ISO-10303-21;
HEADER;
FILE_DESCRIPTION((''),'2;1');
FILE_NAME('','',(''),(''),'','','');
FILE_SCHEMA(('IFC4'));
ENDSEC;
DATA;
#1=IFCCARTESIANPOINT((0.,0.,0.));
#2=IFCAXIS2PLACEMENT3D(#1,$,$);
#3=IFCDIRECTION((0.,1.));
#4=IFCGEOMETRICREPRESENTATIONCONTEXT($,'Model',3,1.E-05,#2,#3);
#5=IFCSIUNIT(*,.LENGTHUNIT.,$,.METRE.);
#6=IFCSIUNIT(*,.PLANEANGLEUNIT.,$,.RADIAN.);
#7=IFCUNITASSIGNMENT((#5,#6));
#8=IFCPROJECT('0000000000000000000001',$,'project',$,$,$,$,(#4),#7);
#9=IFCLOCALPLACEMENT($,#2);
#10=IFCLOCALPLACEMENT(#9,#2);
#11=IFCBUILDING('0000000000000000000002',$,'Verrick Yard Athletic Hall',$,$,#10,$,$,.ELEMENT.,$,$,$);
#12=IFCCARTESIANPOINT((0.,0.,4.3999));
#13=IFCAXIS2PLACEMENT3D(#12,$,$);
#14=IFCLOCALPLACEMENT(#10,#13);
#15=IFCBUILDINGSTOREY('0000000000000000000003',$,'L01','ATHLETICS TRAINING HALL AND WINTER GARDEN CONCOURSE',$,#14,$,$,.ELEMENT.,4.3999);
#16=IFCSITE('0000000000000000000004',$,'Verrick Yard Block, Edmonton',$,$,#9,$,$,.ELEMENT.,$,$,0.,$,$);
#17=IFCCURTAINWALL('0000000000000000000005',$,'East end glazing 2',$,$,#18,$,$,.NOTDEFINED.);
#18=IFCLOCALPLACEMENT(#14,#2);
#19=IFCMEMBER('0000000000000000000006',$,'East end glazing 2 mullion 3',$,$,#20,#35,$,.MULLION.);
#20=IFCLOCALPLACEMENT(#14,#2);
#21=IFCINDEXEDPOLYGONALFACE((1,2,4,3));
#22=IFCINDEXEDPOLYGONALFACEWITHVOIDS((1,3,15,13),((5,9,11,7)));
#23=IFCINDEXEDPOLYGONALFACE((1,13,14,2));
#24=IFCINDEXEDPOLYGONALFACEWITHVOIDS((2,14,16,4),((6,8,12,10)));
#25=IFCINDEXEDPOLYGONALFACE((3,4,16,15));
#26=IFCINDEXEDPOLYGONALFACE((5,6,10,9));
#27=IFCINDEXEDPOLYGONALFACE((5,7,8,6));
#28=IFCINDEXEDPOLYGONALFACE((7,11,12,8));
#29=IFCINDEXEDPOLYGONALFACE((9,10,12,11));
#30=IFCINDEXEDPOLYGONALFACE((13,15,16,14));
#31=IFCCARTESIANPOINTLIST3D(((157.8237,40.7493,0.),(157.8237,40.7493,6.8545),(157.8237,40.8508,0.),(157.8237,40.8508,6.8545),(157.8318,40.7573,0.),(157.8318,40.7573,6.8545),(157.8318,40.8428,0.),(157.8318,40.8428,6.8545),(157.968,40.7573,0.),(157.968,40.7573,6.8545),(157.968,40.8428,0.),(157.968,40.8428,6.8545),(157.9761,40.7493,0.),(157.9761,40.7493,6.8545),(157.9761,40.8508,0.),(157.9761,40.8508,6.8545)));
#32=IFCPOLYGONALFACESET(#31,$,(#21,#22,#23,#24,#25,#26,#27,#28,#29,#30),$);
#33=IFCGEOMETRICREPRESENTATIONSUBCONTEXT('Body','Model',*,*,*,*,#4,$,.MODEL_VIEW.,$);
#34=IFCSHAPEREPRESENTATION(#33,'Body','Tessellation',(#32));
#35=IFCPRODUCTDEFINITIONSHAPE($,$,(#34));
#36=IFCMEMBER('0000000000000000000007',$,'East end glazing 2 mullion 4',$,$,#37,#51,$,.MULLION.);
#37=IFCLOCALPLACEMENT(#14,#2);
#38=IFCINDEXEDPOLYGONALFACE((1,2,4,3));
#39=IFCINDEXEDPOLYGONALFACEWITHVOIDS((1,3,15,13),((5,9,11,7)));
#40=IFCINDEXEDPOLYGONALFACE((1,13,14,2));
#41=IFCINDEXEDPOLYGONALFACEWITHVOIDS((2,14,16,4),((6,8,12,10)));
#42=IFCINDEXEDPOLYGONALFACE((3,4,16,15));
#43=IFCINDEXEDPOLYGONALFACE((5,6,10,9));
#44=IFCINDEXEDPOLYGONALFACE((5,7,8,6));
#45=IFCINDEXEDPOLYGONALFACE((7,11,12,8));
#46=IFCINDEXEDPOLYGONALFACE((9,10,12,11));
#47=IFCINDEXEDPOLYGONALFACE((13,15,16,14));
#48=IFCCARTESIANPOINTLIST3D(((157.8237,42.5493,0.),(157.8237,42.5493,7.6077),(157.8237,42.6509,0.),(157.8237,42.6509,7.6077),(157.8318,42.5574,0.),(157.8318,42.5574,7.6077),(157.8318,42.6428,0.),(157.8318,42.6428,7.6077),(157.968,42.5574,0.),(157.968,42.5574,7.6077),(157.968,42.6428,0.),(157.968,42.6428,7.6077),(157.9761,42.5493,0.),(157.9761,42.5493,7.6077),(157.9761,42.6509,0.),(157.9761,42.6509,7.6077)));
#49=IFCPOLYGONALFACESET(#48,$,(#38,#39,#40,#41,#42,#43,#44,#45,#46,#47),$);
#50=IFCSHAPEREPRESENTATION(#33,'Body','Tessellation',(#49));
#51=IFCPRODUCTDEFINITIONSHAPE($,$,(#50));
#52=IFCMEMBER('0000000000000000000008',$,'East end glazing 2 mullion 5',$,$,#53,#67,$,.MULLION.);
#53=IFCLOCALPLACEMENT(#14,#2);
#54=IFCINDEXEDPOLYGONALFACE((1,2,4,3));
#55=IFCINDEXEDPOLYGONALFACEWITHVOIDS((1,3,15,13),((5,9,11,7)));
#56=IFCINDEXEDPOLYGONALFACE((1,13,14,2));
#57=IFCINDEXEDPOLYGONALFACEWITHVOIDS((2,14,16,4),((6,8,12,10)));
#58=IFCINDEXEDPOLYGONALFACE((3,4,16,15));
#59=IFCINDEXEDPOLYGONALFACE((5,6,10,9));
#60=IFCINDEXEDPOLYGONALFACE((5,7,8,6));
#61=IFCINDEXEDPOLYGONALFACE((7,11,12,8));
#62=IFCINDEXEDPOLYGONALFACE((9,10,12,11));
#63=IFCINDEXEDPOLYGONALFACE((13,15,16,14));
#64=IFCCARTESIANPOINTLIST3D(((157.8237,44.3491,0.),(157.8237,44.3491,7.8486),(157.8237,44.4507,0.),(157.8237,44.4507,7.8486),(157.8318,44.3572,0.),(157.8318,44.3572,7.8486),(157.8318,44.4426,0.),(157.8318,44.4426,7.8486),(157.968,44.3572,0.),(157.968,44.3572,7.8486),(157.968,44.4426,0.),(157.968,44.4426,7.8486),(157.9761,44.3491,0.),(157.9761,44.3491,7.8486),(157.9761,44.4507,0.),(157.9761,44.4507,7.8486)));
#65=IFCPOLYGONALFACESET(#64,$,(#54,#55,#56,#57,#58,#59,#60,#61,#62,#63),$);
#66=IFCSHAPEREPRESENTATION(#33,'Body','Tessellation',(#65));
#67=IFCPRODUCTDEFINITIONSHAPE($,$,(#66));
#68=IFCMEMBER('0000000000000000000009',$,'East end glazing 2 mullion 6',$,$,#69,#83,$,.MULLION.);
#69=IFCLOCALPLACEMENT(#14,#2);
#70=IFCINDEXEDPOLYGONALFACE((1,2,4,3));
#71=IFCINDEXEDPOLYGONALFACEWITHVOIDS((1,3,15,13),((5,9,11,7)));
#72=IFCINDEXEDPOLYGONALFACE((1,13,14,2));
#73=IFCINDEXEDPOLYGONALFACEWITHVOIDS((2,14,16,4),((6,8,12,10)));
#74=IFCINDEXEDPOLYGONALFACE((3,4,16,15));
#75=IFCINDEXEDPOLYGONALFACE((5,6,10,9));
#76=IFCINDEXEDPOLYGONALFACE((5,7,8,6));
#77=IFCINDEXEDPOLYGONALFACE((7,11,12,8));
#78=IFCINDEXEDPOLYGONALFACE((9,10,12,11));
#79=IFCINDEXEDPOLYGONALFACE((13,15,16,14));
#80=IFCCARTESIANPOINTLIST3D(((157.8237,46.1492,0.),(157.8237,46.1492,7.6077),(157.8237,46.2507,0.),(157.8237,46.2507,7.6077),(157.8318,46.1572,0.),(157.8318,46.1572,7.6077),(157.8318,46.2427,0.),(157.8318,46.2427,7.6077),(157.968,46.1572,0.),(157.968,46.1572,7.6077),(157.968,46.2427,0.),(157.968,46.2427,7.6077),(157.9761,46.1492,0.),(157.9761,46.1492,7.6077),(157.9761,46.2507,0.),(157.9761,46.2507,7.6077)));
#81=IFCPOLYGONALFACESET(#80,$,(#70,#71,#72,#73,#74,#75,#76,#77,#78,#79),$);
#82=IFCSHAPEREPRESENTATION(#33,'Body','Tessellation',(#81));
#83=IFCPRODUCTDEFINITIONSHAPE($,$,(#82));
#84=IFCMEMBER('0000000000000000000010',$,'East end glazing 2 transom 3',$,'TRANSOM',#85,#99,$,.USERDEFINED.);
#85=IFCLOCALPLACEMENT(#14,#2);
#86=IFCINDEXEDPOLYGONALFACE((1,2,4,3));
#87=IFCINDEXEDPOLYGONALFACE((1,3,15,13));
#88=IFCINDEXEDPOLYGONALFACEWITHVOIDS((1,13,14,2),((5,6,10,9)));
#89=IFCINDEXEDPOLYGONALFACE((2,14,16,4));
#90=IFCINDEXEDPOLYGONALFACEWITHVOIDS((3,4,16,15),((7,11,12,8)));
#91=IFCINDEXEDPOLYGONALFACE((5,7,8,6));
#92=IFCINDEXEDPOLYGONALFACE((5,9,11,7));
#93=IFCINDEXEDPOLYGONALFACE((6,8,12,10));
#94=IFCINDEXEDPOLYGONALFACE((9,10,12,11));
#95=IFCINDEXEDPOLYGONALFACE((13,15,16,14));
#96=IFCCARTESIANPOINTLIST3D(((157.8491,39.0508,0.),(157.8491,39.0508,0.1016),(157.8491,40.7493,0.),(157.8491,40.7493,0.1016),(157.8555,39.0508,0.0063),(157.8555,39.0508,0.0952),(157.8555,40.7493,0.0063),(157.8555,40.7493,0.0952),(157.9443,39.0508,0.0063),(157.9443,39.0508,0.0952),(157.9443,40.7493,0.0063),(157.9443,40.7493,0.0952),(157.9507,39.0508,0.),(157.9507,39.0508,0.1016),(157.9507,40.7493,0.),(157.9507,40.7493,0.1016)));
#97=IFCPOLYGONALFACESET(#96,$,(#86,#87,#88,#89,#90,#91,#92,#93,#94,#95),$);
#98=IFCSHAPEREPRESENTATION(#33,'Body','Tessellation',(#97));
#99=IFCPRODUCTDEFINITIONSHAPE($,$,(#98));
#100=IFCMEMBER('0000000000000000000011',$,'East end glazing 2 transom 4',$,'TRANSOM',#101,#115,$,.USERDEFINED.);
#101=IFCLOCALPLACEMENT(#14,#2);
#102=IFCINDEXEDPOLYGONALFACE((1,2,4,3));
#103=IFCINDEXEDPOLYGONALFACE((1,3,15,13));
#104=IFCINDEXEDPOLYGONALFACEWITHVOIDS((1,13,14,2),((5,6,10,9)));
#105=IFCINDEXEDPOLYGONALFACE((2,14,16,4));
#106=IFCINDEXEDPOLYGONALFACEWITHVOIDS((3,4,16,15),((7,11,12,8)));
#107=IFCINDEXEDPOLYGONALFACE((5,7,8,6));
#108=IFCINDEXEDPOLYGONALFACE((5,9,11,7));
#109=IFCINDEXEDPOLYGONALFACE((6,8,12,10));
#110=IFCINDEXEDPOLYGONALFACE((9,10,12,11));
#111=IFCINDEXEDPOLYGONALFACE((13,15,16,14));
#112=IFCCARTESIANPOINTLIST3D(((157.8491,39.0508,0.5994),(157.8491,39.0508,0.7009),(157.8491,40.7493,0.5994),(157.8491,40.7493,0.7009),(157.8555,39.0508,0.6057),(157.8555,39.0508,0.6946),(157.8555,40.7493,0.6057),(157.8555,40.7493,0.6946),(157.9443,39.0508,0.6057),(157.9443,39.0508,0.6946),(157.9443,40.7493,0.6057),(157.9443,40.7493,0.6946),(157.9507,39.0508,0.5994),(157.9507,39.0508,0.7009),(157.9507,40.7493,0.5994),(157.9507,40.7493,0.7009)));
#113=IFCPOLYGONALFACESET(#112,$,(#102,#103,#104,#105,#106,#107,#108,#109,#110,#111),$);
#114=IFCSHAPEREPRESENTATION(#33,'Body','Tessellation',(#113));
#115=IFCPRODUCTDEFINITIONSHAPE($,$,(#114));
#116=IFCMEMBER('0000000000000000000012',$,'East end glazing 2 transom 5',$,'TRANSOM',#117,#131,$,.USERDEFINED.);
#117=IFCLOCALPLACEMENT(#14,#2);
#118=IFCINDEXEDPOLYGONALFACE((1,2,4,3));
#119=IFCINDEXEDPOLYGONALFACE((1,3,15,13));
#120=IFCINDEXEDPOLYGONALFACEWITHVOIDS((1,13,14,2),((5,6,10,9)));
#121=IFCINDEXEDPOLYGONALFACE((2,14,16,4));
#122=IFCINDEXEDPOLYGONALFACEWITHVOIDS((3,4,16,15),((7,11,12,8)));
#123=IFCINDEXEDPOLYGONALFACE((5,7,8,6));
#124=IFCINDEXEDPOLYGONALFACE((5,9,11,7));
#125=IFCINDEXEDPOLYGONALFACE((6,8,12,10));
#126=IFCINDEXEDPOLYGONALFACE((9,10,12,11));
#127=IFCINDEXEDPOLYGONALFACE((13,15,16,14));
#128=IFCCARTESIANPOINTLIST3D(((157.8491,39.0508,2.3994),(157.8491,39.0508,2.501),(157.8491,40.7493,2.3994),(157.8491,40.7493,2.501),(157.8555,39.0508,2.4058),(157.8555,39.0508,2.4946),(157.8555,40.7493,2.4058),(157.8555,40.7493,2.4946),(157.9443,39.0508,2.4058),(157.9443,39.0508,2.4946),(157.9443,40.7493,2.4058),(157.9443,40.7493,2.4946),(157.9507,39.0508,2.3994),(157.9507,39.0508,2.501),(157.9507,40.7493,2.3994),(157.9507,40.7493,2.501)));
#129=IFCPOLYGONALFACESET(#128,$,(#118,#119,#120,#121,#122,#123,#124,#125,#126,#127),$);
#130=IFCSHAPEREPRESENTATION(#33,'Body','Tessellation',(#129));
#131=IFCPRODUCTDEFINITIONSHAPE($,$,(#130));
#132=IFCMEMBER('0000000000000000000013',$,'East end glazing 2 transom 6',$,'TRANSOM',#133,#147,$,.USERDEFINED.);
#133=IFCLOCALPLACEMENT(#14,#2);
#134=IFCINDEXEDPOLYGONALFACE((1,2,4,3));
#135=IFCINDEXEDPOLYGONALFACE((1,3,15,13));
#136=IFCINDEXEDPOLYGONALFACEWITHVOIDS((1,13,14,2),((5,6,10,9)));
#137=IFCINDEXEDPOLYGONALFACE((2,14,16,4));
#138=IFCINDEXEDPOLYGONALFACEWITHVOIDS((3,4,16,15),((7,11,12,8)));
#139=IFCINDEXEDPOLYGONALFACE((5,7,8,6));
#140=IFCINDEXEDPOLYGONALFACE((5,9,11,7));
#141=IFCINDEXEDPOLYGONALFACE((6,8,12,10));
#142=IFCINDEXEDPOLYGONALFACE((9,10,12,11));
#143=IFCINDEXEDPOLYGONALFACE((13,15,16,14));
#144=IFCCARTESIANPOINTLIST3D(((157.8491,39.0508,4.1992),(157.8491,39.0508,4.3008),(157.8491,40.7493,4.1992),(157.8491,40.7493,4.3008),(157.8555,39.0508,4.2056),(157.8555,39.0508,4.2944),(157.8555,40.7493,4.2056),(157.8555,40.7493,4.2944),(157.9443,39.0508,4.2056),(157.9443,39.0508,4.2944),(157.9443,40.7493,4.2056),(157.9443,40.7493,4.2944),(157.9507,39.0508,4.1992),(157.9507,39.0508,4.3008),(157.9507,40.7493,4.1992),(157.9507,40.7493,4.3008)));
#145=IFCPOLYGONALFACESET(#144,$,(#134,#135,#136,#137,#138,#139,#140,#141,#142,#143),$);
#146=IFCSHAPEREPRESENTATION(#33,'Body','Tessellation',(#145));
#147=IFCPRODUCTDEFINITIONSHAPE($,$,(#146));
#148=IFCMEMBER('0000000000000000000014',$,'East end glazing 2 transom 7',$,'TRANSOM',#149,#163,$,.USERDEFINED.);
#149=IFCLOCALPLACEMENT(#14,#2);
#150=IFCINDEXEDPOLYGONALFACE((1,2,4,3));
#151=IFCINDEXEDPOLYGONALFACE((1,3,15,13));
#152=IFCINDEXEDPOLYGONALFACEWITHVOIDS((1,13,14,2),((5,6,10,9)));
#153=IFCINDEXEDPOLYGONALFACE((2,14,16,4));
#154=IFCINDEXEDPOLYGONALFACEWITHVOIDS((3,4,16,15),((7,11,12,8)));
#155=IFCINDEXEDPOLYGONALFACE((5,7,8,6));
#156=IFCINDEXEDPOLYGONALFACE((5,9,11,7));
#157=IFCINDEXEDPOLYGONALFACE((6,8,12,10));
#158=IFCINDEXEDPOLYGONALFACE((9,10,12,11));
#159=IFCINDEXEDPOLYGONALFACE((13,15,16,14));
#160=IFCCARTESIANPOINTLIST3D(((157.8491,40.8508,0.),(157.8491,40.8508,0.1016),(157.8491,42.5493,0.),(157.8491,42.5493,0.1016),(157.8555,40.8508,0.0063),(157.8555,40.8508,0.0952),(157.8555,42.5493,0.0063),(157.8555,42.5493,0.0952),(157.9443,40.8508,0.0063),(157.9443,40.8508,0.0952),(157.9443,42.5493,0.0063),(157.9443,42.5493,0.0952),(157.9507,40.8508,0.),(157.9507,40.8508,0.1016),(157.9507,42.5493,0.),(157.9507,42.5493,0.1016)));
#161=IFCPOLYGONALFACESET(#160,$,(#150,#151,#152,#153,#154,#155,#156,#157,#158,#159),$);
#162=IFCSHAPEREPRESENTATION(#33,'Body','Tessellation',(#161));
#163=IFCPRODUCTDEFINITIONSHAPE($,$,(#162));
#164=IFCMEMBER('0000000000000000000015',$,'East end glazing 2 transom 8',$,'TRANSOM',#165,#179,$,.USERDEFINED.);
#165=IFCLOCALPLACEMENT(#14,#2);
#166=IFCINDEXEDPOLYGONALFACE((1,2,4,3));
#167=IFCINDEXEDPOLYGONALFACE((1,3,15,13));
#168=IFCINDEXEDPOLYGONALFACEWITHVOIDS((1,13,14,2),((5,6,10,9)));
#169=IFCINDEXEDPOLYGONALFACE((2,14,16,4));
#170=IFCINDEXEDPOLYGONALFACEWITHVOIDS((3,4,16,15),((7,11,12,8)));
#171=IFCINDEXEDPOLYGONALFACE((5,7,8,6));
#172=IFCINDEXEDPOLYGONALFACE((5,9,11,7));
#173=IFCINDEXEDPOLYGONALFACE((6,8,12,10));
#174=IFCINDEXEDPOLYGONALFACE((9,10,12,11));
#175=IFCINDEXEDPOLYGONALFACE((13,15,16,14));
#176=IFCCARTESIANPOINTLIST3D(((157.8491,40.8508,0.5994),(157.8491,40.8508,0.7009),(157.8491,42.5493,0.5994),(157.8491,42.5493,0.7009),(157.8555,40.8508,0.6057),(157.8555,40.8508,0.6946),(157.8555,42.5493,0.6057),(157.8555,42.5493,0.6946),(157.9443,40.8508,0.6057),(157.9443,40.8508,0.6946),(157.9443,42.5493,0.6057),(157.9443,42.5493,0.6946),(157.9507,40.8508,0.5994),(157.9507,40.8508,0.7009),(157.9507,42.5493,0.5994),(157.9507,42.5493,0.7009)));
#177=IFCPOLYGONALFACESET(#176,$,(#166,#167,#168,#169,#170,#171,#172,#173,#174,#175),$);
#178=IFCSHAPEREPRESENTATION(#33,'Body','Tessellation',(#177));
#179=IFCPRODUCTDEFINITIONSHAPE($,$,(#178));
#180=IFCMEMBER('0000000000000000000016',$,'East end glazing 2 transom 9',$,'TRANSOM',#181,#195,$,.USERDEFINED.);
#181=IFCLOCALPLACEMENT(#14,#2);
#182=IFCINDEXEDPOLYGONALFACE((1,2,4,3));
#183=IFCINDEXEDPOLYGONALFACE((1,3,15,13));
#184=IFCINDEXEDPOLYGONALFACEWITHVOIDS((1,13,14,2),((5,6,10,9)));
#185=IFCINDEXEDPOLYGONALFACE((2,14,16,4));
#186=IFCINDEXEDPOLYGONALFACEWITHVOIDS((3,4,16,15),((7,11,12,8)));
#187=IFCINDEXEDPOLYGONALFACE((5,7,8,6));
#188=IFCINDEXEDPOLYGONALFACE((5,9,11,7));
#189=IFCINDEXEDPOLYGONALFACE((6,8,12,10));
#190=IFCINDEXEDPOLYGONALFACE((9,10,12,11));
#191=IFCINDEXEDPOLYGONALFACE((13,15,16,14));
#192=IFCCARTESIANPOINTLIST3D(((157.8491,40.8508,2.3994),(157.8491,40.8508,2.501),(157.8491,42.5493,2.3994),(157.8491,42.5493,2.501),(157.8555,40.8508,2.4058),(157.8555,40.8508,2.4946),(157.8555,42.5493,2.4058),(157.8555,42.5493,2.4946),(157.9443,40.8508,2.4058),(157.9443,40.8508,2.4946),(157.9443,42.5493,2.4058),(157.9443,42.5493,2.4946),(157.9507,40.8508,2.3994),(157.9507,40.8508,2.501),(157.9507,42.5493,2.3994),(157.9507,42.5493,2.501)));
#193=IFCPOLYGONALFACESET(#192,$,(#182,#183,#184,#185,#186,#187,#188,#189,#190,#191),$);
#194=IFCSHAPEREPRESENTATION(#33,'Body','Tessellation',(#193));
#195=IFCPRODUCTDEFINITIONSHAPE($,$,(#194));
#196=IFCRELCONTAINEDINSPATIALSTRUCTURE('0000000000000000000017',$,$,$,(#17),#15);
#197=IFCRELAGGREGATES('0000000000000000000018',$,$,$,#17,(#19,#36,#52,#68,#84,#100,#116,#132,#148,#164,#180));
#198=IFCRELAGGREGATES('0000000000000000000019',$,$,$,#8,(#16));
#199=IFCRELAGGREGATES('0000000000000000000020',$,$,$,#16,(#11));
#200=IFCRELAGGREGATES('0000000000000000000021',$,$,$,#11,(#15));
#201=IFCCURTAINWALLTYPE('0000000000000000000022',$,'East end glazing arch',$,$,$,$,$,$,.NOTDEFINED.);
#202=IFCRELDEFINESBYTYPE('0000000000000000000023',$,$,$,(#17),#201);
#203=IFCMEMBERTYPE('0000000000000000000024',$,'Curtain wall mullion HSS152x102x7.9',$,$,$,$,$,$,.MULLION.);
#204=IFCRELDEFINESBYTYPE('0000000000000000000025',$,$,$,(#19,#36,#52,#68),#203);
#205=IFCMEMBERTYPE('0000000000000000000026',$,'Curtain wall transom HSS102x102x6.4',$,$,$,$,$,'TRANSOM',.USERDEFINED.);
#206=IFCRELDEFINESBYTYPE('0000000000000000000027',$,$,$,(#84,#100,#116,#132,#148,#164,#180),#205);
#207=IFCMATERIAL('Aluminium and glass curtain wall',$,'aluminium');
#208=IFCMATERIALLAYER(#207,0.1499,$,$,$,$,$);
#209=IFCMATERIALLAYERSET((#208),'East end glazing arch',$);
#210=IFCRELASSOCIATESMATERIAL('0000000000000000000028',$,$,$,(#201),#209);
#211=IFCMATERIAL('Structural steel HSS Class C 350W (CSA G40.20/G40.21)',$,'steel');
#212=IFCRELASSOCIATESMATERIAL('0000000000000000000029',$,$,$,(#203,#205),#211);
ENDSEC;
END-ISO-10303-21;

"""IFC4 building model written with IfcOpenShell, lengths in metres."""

from ifc_helpers import new_model, si_unit, direction, frame, origin, origin_2d, place, context, subcontext, project, spatial, hollow_rectangle, extrude, material, layer, layer_set, material_profile, profile_set, type_object, element, aggregate, save


model = new_model("IFC4")

# Units and contexts
model_context = context("Model", 3, precision=1e-05, world=origin(), true_north=direction((0.0, 1.0)))
body_context = subcontext(model_context, "Body", "Model", "MODEL_VIEW")
ifc_project = project(units=[si_unit("LENGTHUNIT", "METRE"), si_unit("PLANEANGLEUNIT", "RADIAN")], contexts=[model_context])

# Site, building, storey
site_placement = place(None, origin())
site = spatial("IfcSite", under=ifc_project, at=site_placement, Name="Verrick Yard Block, Edmonton", CompositionType="ELEMENT", RefElevation=0.0)
building_placement = place(site_placement, origin())
building = spatial("IfcBuilding", under=site, at=building_placement, Name="Verrick Yard Athletic Hall", CompositionType="ELEMENT")
storey_placement = place(building_placement, frame((0.0, 0.0, 4.3999)))
storey = spatial("IfcBuildingStorey", under=building, at=storey_placement, Name="L01", Description="ATHLETICS TRAINING HALL AND WINTER GARDEN CONCOURSE", CompositionType="ELEMENT", Elevation=4.3999)

# Curtain wall, members
ifc_material_1 = material(Name="Aluminium and glass curtain wall", Category="aluminium")
ifc_layer_1 = layer(ifc_material_1, 0.1499)
ifc_layer_set_1 = layer_set([ifc_layer_1], Name="East end glazing arch")
curtain_wall_type = type_object("IfcCurtainWallType", Name="East end glazing arch", PredefinedType="NOTDEFINED", material=ifc_layer_set_1)
curtain_wall_placement = place(storey_placement, origin())
curtain_wall = element("IfcCurtainWall", 1, at=curtain_wall_placement, inside=storey, type_object=curtain_wall_type, Name="East end glazing 2", PredefinedType="NOTDEFINED")
ifc_material_2 = material(Name="Structural steel HSS Class C 350W (CSA G40.20/G40.21)", Category="steel")
ifc_material_profile_1 = material_profile(ifc_material_2, hollow_rectangle(XDim=0.1016, YDim=0.1523, WallThickness=0.0081, at=origin_2d()), Name="HSS152x102x7.9")
ifc_profile_set_1 = profile_set([ifc_material_profile_1], Name="Structural steel HSS Class C 350W (CSA G40.20/G40.21)")
member_type_1 = type_object("IfcMemberType", Name="Curtain wall mullion HSS152x102x7.9", PredefinedType="MULLION", material=ifc_profile_set_1)
member_1_placement = place(storey_placement, frame((157.8999, 40.8, 0.0), z_axis=(0.0, 0.0, 1.0), x_axis=(0.0, 1.0, 0.0)))
member_1 = element("IfcMember", 2, at=member_1_placement, type_object=member_type_1, Name="East end glazing 2 mullion 3", PredefinedType="MULLION", context=body_context, shape_type="SweptSolid", body=[
    extrude(hollow_rectangle(XDim=0.1016, YDim=0.1523, WallThickness=0.0081, at=origin_2d()), origin(), (0.0, 0.0, 1.0), 6.8545),
])
member_2_placement = place(storey_placement, frame((157.8999, 42.6001, 0.0), z_axis=(0.0, 0.0, 1.0), x_axis=(0.0, 1.0, 0.0)))
member_2 = element("IfcMember", 3, at=member_2_placement, type_object=member_type_1, Name="East end glazing 2 mullion 4", PredefinedType="MULLION", context=body_context, shape_type="SweptSolid", body=[
    extrude(hollow_rectangle(XDim=0.1016, YDim=0.1523, WallThickness=0.0081, at=origin_2d()), origin(), (0.0, 0.0, 1.0), 7.6077),
])
member_3_placement = place(storey_placement, frame((157.8999, 44.3999, 0.0), z_axis=(0.0, 0.0, 1.0), x_axis=(0.0, 1.0, 0.0)))
member_3 = element("IfcMember", 4, at=member_3_placement, type_object=member_type_1, Name="East end glazing 2 mullion 5", PredefinedType="MULLION", context=body_context, shape_type="SweptSolid", body=[
    extrude(hollow_rectangle(XDim=0.1016, YDim=0.1523, WallThickness=0.0081, at=origin_2d()), origin(), (0.0, 0.0, 1.0), 7.8486),
])
member_4_placement = place(storey_placement, frame((157.8999, 46.2, 0.0), z_axis=(0.0, 0.0, 1.0), x_axis=(0.0, 1.0, 0.0)))
member_4 = element("IfcMember", 5, at=member_4_placement, type_object=member_type_1, Name="East end glazing 2 mullion 6", PredefinedType="MULLION", context=body_context, shape_type="SweptSolid", body=[
    extrude(hollow_rectangle(XDim=0.1016, YDim=0.1523, WallThickness=0.0081, at=origin_2d()), origin(), (0.0, 0.0, 1.0), 7.6077),
])
ifc_material_profile_2 = material_profile(ifc_material_2, hollow_rectangle(XDim=0.1016, YDim=0.1016, WallThickness=0.0063, at=origin_2d()), Name="HSS102x102x6.4")
ifc_profile_set_2 = profile_set([ifc_material_profile_2], Name="Structural steel HSS Class C 350W (CSA G40.20/G40.21)")
member_type_2 = type_object("IfcMemberType", Name="Curtain wall transom HSS102x102x6.4", ElementType="TRANSOM", PredefinedType="USERDEFINED", material=ifc_profile_set_2)
member_5_placement = place(storey_placement, frame((157.8999, 39.0508, 0.0508), z_axis=(0.0, 1.0, 0.0), x_axis=(-1.0, 0.0, 0.0)))
member_5 = element("IfcMember", 6, at=member_5_placement, type_object=member_type_2, Name="East end glazing 2 transom 3", ObjectType="TRANSOM", PredefinedType="USERDEFINED", context=body_context, shape_type="SweptSolid", body=[
    extrude(hollow_rectangle(XDim=0.1016, YDim=0.1016, WallThickness=0.0063, at=origin_2d()), origin(), (0.0, 0.0, 1.0), 1.6985),
])
member_6_placement = place(storey_placement, frame((157.8999, 39.0508, 0.6501), z_axis=(0.0, 1.0, 0.0), x_axis=(-1.0, 0.0, 0.0)))
member_6 = element("IfcMember", 7, at=member_6_placement, type_object=member_type_2, Name="East end glazing 2 transom 4", ObjectType="TRANSOM", PredefinedType="USERDEFINED", context=body_context, shape_type="SweptSolid", body=[
    extrude(hollow_rectangle(XDim=0.1016, YDim=0.1016, WallThickness=0.0063, at=origin_2d()), origin(), (0.0, 0.0, 1.0), 1.6985),
])
member_7_placement = place(storey_placement, frame((157.8999, 39.0508, 2.4502), z_axis=(0.0, 1.0, 0.0), x_axis=(-1.0, 0.0, 0.0)))
member_7 = element("IfcMember", 8, at=member_7_placement, type_object=member_type_2, Name="East end glazing 2 transom 5", ObjectType="TRANSOM", PredefinedType="USERDEFINED", context=body_context, shape_type="SweptSolid", body=[
    extrude(hollow_rectangle(XDim=0.1016, YDim=0.1016, WallThickness=0.0063, at=origin_2d()), origin(), (0.0, 0.0, 1.0), 1.6985),
])
member_8_placement = place(storey_placement, frame((157.8999, 39.0508, 4.25), z_axis=(0.0, 1.0, 0.0), x_axis=(-1.0, 0.0, 0.0)))
member_8 = element("IfcMember", 9, at=member_8_placement, type_object=member_type_2, Name="East end glazing 2 transom 6", ObjectType="TRANSOM", PredefinedType="USERDEFINED", context=body_context, shape_type="SweptSolid", body=[
    extrude(hollow_rectangle(XDim=0.1016, YDim=0.1016, WallThickness=0.0063, at=origin_2d()), origin(), (0.0, 0.0, 1.0), 1.6985),
])
member_9_placement = place(storey_placement, frame((157.8999, 40.8508, 0.0508), z_axis=(0.0, 1.0, 0.0), x_axis=(-1.0, 0.0, 0.0)))
member_9 = element("IfcMember", 10, at=member_9_placement, type_object=member_type_2, Name="East end glazing 2 transom 7", ObjectType="TRANSOM", PredefinedType="USERDEFINED", context=body_context, shape_type="SweptSolid", body=[
    extrude(hollow_rectangle(XDim=0.1016, YDim=0.1016, WallThickness=0.0063, at=origin_2d()), origin(), (0.0, 0.0, 1.0), 1.6985),
])
member_10_placement = place(storey_placement, frame((157.8999, 40.8508, 0.6501), z_axis=(0.0, 1.0, 0.0), x_axis=(-1.0, 0.0, 0.0)))
member_10 = element("IfcMember", 11, at=member_10_placement, type_object=member_type_2, Name="East end glazing 2 transom 8", ObjectType="TRANSOM", PredefinedType="USERDEFINED", context=body_context, shape_type="SweptSolid", body=[
    extrude(hollow_rectangle(XDim=0.1016, YDim=0.1016, WallThickness=0.0063, at=origin_2d()), origin(), (0.0, 0.0, 1.0), 1.6985),
])
member_11_placement = place(storey_placement, frame((157.8999, 40.8508, 2.4502), z_axis=(0.0, 1.0, 0.0), x_axis=(-1.0, 0.0, 0.0)))
member_11 = element("IfcMember", 12, at=member_11_placement, type_object=member_type_2, Name="East end glazing 2 transom 9", ObjectType="TRANSOM", PredefinedType="USERDEFINED", context=body_context, shape_type="SweptSolid", body=[
    extrude(hollow_rectangle(XDim=0.1016, YDim=0.1016, WallThickness=0.0063, at=origin_2d()), origin(), (0.0, 0.0, 1.0), 1.6985),
])
aggregate(curtain_wall, [member_1, member_2, member_3, member_4, member_5, member_6, member_7, member_8, member_9, member_10, member_11])

save(model, "model.ifc")
